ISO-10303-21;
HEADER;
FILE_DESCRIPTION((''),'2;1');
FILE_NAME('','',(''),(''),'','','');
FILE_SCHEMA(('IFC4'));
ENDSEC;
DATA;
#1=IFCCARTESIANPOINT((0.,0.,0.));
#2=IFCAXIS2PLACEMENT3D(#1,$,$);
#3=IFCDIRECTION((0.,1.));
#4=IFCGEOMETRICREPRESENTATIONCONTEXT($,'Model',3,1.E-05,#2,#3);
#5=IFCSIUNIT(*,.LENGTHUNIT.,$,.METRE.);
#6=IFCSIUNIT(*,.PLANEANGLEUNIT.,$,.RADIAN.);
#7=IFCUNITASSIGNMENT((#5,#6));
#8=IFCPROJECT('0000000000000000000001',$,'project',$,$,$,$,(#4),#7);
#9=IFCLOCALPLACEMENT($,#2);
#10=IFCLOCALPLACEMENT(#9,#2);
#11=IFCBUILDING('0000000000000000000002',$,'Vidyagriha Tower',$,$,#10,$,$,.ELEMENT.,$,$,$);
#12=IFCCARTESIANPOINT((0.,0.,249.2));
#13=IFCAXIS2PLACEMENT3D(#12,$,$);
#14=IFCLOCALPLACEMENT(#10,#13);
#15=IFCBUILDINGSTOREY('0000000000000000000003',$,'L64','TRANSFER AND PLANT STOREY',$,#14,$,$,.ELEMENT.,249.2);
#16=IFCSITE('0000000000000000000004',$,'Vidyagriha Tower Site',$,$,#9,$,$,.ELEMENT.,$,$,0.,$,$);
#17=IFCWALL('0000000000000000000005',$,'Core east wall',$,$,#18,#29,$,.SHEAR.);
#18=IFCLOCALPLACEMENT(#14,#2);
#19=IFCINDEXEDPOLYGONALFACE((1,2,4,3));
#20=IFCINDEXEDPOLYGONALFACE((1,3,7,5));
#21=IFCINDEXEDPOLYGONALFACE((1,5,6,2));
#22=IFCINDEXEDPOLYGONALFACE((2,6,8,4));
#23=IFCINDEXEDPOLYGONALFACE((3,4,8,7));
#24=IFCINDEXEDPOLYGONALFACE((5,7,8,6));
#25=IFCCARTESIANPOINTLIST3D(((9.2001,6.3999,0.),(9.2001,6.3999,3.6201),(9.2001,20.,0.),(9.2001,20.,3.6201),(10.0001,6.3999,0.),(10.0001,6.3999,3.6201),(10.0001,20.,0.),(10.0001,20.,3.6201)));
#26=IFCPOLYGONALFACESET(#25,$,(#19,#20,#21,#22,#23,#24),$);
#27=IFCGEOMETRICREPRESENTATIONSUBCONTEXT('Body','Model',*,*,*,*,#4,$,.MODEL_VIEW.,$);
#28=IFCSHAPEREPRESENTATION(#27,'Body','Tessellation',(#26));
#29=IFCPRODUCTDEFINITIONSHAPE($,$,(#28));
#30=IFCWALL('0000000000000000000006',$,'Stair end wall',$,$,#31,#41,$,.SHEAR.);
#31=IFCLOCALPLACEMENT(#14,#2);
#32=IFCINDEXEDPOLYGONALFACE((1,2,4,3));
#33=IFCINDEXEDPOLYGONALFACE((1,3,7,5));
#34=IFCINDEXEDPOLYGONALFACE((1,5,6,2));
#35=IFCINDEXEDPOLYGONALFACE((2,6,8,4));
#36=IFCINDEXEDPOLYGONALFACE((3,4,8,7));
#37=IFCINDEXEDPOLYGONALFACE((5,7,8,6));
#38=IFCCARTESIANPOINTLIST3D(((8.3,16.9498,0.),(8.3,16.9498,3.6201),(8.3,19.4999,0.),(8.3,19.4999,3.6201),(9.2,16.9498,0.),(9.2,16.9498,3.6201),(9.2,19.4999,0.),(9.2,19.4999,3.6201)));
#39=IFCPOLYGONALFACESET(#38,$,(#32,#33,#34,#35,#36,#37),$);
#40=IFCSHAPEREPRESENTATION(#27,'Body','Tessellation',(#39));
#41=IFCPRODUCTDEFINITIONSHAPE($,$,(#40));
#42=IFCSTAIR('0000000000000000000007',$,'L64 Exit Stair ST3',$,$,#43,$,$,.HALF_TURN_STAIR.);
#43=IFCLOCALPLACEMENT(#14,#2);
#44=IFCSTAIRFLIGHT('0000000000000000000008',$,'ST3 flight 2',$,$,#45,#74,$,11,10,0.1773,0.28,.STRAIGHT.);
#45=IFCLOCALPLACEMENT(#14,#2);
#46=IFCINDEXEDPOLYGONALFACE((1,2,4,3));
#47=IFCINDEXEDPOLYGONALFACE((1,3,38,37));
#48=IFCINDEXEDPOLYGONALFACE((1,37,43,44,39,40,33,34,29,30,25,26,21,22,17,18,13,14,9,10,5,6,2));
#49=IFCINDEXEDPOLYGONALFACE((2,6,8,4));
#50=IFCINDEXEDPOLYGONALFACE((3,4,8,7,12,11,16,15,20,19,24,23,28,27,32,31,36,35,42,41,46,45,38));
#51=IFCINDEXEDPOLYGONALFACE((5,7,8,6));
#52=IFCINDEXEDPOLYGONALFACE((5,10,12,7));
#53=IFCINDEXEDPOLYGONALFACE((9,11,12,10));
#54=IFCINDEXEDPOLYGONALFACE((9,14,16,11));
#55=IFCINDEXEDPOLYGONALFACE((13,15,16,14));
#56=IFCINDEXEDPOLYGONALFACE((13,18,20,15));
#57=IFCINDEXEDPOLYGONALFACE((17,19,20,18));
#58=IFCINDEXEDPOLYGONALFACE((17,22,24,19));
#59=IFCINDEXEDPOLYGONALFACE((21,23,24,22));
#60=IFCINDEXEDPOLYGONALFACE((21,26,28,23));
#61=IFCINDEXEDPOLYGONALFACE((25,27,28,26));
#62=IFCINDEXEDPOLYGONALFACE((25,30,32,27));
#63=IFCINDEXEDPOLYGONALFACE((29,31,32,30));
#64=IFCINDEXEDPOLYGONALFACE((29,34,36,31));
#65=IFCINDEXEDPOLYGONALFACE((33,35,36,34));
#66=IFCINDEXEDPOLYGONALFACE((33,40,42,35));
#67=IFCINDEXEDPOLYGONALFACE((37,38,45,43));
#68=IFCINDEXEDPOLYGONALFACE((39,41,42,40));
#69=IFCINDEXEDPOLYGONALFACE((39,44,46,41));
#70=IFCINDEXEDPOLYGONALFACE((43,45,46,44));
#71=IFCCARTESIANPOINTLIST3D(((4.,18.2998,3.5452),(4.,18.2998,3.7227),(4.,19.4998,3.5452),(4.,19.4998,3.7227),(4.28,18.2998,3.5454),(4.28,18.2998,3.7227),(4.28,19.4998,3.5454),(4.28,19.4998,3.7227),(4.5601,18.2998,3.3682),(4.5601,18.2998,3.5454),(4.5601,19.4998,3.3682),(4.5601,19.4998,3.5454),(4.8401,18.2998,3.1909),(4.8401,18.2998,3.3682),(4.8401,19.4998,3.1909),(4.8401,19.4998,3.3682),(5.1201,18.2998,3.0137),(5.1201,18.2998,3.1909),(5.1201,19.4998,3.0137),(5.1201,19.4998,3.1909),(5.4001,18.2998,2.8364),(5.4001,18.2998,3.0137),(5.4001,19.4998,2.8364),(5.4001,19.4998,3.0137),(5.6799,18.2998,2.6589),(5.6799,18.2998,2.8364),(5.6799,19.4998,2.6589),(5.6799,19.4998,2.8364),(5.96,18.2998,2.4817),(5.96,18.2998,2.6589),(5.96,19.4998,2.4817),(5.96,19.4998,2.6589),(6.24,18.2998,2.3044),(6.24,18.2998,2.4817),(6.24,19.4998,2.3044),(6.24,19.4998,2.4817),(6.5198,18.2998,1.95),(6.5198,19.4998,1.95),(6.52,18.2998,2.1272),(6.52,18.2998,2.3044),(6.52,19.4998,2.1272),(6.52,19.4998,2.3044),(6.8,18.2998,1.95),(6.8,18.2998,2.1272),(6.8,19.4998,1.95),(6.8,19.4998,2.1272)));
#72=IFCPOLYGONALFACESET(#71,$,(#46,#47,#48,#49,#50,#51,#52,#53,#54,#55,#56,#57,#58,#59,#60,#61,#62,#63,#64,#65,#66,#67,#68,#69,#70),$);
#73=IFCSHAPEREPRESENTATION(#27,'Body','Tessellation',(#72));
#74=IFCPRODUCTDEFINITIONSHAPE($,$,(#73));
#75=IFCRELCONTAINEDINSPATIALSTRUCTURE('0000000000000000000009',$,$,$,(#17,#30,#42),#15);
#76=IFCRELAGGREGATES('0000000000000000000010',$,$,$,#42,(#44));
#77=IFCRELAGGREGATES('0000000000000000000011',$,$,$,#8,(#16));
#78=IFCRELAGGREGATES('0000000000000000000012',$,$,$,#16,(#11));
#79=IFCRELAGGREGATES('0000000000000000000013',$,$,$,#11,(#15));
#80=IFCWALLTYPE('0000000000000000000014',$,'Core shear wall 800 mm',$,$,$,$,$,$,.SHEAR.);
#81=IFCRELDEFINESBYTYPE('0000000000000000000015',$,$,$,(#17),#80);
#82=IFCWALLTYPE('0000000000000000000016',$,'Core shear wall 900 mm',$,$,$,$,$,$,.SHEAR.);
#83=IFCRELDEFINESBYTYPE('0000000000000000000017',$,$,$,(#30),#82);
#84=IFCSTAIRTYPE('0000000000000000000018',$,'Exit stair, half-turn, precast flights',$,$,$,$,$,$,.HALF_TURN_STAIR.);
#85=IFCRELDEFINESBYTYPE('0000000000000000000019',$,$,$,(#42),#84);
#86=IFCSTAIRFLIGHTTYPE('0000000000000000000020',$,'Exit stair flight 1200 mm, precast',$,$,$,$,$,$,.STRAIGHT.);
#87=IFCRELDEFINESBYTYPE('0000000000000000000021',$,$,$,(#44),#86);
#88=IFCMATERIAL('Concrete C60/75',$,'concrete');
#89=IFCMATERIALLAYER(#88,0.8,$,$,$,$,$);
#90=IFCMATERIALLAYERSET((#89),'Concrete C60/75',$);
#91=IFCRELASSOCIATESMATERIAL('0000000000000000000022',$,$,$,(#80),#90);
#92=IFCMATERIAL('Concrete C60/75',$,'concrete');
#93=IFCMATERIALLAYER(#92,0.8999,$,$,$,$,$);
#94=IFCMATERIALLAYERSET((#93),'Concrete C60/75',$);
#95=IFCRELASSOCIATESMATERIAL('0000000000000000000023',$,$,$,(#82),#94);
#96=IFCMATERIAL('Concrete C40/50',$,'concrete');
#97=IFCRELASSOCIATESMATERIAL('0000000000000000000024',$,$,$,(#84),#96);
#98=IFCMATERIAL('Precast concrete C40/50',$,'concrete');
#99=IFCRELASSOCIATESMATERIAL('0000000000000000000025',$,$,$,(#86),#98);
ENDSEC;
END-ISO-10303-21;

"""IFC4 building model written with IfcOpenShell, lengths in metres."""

from ifc_helpers import new_model, si_unit, direction, frame, frame_2d, origin, place, context, subcontext, project, spatial, polyline, rectangle, outline, extrude, material, layer, layer_set, type_object, element, aggregate, save


model = new_model("IFC4")

# Units and contexts
model_context = context("Model", 3, precision=1e-05, world=origin(), true_north=direction((0.0, 1.0)))
body_context = subcontext(model_context, "Body", "Model", "MODEL_VIEW")
ifc_project = project(units=[si_unit("LENGTHUNIT", "METRE"), si_unit("PLANEANGLEUNIT", "RADIAN")], contexts=[model_context])

# Site, building, storey
site_placement = place(None, origin())
site = spatial("IfcSite", under=ifc_project, at=site_placement, Name="Vidyagriha Tower Site", CompositionType="ELEMENT", RefElevation=0.0)
building_placement = place(site_placement, origin())
building = spatial("IfcBuilding", under=site, at=building_placement, Name="Vidyagriha Tower", CompositionType="ELEMENT")
storey_placement = place(building_placement, frame((0.0, 0.0, 249.2)))
storey = spatial("IfcBuildingStorey", under=building, at=storey_placement, Name="L64", Description="TRANSFER AND PLANT STOREY", CompositionType="ELEMENT", Elevation=249.2)

# Walls
ifc_material_1 = material(Name="Concrete C60/75", Category="concrete")
ifc_layer_1 = layer(ifc_material_1, 0.8)
ifc_layer_set_1 = layer_set([ifc_layer_1], Name="Concrete C60/75")
wall_type_1 = type_object("IfcWallType", Name="Core shear wall 800 mm", PredefinedType="SHEAR", material=ifc_layer_set_1)
wall_1_placement = place(storey_placement, frame((9.6001, 6.3999, 0.0), z_axis=(0.0, 0.0, 1.0), x_axis=(0.0, 1.0, 0.0)))
element("IfcWall", 1, at=wall_1_placement, inside=storey, type_object=wall_type_1, Name="Core east wall", PredefinedType="SHEAR", context=body_context, shape_type="SweptSolid", body=[
    extrude(rectangle(XDim=13.6001, YDim=0.8, at=frame_2d((6.8, 0.0))), origin(), (0.0, 0.0, 1.0), 3.6201),
])
ifc_material_2 = material(Name="Concrete C60/75", Category="concrete")
ifc_layer_2 = layer(ifc_material_2, 0.8999)
ifc_layer_set_2 = layer_set([ifc_layer_2], Name="Concrete C60/75")
wall_type_2 = type_object("IfcWallType", Name="Core shear wall 900 mm", PredefinedType="SHEAR", material=ifc_layer_set_2)
wall_2_placement = place(storey_placement, frame((8.75, 16.95, 0.0), z_axis=(0.0, 0.0, 1.0), x_axis=(0.0, 1.0, 0.0)))
element("IfcWall", 2, at=wall_2_placement, inside=storey, type_object=wall_type_2, Name="Stair end wall", PredefinedType="SHEAR", context=body_context, shape_type="SweptSolid", body=[
    extrude(rectangle(XDim=2.55, YDim=0.8999, at=frame_2d((1.2749, 0.0))), origin(), (0.0, 0.0, 1.0), 3.6201),
])

# Stair, stair flight
ifc_material_3 = material(Name="Concrete C40/50", Category="concrete")
stair_type = type_object("IfcStairType", Name="Exit stair, half-turn, precast flights", PredefinedType="HALF_TURN_STAIR", material=ifc_material_3)
stair_placement = place(storey_placement, origin())
stair = element("IfcStair", 3, at=stair_placement, inside=storey, type_object=stair_type, Name="L64 Exit Stair ST3", PredefinedType="HALF_TURN_STAIR")
ifc_material_4 = material(Name="Precast concrete C40/50", Category="concrete")
stair_flight_type = type_object("IfcStairFlightType", Name="Exit stair flight 1200 mm, precast", PredefinedType="STRAIGHT", material=ifc_material_4)
stair_flight_placement = place(storey_placement, frame((6.8, 18.8999, 1.95), z_axis=(0.0, 0.0, 1.0), x_axis=(-1.0, 0.0, 0.0)))
stair_flight = element("IfcStairFlight", 4, at=stair_flight_placement, type_object=stair_flight_type, Name="ST3 flight 2", NumberOfRisers=11, NumberOfTreads=10, PredefinedType="STRAIGHT", RiserHeight=0.1773, TreadLength=0.28, context=body_context, shape_type="SweptSolid", body=[
    extrude(outline(polyline([(0.0, 0.0), (0.0, 0.1772), (0.28, 0.1772), (0.28, 0.3545), (0.5601, 0.3545), (0.5601, 0.5317), (0.8401, 0.5317), (0.8401, 0.709), (1.1201, 0.709), (1.1201, 0.8865), (1.3999, 0.8865), (1.3999, 1.0637), (1.6799, 1.0637), (1.6799, 1.241), (1.96, 1.241), (1.96, 1.4182), (2.24, 1.4182), (2.24, 1.5955), (2.52, 1.5955), (2.52, 1.7727), (2.8, 1.7727), (2.8, 1.95), (2.8, 1.5952), (0.2803, 0.0), (0.0, 0.0)])), frame((0.0, 0.6001, 0.0), z_axis=(0.0, -1.0, 0.0), x_axis=(1.0, 0.0, 0.0)), (0.0, 0.0, 1.0), 1.2),
])
aggregate(stair, [stair_flight])

save(model, "model.ifc")
